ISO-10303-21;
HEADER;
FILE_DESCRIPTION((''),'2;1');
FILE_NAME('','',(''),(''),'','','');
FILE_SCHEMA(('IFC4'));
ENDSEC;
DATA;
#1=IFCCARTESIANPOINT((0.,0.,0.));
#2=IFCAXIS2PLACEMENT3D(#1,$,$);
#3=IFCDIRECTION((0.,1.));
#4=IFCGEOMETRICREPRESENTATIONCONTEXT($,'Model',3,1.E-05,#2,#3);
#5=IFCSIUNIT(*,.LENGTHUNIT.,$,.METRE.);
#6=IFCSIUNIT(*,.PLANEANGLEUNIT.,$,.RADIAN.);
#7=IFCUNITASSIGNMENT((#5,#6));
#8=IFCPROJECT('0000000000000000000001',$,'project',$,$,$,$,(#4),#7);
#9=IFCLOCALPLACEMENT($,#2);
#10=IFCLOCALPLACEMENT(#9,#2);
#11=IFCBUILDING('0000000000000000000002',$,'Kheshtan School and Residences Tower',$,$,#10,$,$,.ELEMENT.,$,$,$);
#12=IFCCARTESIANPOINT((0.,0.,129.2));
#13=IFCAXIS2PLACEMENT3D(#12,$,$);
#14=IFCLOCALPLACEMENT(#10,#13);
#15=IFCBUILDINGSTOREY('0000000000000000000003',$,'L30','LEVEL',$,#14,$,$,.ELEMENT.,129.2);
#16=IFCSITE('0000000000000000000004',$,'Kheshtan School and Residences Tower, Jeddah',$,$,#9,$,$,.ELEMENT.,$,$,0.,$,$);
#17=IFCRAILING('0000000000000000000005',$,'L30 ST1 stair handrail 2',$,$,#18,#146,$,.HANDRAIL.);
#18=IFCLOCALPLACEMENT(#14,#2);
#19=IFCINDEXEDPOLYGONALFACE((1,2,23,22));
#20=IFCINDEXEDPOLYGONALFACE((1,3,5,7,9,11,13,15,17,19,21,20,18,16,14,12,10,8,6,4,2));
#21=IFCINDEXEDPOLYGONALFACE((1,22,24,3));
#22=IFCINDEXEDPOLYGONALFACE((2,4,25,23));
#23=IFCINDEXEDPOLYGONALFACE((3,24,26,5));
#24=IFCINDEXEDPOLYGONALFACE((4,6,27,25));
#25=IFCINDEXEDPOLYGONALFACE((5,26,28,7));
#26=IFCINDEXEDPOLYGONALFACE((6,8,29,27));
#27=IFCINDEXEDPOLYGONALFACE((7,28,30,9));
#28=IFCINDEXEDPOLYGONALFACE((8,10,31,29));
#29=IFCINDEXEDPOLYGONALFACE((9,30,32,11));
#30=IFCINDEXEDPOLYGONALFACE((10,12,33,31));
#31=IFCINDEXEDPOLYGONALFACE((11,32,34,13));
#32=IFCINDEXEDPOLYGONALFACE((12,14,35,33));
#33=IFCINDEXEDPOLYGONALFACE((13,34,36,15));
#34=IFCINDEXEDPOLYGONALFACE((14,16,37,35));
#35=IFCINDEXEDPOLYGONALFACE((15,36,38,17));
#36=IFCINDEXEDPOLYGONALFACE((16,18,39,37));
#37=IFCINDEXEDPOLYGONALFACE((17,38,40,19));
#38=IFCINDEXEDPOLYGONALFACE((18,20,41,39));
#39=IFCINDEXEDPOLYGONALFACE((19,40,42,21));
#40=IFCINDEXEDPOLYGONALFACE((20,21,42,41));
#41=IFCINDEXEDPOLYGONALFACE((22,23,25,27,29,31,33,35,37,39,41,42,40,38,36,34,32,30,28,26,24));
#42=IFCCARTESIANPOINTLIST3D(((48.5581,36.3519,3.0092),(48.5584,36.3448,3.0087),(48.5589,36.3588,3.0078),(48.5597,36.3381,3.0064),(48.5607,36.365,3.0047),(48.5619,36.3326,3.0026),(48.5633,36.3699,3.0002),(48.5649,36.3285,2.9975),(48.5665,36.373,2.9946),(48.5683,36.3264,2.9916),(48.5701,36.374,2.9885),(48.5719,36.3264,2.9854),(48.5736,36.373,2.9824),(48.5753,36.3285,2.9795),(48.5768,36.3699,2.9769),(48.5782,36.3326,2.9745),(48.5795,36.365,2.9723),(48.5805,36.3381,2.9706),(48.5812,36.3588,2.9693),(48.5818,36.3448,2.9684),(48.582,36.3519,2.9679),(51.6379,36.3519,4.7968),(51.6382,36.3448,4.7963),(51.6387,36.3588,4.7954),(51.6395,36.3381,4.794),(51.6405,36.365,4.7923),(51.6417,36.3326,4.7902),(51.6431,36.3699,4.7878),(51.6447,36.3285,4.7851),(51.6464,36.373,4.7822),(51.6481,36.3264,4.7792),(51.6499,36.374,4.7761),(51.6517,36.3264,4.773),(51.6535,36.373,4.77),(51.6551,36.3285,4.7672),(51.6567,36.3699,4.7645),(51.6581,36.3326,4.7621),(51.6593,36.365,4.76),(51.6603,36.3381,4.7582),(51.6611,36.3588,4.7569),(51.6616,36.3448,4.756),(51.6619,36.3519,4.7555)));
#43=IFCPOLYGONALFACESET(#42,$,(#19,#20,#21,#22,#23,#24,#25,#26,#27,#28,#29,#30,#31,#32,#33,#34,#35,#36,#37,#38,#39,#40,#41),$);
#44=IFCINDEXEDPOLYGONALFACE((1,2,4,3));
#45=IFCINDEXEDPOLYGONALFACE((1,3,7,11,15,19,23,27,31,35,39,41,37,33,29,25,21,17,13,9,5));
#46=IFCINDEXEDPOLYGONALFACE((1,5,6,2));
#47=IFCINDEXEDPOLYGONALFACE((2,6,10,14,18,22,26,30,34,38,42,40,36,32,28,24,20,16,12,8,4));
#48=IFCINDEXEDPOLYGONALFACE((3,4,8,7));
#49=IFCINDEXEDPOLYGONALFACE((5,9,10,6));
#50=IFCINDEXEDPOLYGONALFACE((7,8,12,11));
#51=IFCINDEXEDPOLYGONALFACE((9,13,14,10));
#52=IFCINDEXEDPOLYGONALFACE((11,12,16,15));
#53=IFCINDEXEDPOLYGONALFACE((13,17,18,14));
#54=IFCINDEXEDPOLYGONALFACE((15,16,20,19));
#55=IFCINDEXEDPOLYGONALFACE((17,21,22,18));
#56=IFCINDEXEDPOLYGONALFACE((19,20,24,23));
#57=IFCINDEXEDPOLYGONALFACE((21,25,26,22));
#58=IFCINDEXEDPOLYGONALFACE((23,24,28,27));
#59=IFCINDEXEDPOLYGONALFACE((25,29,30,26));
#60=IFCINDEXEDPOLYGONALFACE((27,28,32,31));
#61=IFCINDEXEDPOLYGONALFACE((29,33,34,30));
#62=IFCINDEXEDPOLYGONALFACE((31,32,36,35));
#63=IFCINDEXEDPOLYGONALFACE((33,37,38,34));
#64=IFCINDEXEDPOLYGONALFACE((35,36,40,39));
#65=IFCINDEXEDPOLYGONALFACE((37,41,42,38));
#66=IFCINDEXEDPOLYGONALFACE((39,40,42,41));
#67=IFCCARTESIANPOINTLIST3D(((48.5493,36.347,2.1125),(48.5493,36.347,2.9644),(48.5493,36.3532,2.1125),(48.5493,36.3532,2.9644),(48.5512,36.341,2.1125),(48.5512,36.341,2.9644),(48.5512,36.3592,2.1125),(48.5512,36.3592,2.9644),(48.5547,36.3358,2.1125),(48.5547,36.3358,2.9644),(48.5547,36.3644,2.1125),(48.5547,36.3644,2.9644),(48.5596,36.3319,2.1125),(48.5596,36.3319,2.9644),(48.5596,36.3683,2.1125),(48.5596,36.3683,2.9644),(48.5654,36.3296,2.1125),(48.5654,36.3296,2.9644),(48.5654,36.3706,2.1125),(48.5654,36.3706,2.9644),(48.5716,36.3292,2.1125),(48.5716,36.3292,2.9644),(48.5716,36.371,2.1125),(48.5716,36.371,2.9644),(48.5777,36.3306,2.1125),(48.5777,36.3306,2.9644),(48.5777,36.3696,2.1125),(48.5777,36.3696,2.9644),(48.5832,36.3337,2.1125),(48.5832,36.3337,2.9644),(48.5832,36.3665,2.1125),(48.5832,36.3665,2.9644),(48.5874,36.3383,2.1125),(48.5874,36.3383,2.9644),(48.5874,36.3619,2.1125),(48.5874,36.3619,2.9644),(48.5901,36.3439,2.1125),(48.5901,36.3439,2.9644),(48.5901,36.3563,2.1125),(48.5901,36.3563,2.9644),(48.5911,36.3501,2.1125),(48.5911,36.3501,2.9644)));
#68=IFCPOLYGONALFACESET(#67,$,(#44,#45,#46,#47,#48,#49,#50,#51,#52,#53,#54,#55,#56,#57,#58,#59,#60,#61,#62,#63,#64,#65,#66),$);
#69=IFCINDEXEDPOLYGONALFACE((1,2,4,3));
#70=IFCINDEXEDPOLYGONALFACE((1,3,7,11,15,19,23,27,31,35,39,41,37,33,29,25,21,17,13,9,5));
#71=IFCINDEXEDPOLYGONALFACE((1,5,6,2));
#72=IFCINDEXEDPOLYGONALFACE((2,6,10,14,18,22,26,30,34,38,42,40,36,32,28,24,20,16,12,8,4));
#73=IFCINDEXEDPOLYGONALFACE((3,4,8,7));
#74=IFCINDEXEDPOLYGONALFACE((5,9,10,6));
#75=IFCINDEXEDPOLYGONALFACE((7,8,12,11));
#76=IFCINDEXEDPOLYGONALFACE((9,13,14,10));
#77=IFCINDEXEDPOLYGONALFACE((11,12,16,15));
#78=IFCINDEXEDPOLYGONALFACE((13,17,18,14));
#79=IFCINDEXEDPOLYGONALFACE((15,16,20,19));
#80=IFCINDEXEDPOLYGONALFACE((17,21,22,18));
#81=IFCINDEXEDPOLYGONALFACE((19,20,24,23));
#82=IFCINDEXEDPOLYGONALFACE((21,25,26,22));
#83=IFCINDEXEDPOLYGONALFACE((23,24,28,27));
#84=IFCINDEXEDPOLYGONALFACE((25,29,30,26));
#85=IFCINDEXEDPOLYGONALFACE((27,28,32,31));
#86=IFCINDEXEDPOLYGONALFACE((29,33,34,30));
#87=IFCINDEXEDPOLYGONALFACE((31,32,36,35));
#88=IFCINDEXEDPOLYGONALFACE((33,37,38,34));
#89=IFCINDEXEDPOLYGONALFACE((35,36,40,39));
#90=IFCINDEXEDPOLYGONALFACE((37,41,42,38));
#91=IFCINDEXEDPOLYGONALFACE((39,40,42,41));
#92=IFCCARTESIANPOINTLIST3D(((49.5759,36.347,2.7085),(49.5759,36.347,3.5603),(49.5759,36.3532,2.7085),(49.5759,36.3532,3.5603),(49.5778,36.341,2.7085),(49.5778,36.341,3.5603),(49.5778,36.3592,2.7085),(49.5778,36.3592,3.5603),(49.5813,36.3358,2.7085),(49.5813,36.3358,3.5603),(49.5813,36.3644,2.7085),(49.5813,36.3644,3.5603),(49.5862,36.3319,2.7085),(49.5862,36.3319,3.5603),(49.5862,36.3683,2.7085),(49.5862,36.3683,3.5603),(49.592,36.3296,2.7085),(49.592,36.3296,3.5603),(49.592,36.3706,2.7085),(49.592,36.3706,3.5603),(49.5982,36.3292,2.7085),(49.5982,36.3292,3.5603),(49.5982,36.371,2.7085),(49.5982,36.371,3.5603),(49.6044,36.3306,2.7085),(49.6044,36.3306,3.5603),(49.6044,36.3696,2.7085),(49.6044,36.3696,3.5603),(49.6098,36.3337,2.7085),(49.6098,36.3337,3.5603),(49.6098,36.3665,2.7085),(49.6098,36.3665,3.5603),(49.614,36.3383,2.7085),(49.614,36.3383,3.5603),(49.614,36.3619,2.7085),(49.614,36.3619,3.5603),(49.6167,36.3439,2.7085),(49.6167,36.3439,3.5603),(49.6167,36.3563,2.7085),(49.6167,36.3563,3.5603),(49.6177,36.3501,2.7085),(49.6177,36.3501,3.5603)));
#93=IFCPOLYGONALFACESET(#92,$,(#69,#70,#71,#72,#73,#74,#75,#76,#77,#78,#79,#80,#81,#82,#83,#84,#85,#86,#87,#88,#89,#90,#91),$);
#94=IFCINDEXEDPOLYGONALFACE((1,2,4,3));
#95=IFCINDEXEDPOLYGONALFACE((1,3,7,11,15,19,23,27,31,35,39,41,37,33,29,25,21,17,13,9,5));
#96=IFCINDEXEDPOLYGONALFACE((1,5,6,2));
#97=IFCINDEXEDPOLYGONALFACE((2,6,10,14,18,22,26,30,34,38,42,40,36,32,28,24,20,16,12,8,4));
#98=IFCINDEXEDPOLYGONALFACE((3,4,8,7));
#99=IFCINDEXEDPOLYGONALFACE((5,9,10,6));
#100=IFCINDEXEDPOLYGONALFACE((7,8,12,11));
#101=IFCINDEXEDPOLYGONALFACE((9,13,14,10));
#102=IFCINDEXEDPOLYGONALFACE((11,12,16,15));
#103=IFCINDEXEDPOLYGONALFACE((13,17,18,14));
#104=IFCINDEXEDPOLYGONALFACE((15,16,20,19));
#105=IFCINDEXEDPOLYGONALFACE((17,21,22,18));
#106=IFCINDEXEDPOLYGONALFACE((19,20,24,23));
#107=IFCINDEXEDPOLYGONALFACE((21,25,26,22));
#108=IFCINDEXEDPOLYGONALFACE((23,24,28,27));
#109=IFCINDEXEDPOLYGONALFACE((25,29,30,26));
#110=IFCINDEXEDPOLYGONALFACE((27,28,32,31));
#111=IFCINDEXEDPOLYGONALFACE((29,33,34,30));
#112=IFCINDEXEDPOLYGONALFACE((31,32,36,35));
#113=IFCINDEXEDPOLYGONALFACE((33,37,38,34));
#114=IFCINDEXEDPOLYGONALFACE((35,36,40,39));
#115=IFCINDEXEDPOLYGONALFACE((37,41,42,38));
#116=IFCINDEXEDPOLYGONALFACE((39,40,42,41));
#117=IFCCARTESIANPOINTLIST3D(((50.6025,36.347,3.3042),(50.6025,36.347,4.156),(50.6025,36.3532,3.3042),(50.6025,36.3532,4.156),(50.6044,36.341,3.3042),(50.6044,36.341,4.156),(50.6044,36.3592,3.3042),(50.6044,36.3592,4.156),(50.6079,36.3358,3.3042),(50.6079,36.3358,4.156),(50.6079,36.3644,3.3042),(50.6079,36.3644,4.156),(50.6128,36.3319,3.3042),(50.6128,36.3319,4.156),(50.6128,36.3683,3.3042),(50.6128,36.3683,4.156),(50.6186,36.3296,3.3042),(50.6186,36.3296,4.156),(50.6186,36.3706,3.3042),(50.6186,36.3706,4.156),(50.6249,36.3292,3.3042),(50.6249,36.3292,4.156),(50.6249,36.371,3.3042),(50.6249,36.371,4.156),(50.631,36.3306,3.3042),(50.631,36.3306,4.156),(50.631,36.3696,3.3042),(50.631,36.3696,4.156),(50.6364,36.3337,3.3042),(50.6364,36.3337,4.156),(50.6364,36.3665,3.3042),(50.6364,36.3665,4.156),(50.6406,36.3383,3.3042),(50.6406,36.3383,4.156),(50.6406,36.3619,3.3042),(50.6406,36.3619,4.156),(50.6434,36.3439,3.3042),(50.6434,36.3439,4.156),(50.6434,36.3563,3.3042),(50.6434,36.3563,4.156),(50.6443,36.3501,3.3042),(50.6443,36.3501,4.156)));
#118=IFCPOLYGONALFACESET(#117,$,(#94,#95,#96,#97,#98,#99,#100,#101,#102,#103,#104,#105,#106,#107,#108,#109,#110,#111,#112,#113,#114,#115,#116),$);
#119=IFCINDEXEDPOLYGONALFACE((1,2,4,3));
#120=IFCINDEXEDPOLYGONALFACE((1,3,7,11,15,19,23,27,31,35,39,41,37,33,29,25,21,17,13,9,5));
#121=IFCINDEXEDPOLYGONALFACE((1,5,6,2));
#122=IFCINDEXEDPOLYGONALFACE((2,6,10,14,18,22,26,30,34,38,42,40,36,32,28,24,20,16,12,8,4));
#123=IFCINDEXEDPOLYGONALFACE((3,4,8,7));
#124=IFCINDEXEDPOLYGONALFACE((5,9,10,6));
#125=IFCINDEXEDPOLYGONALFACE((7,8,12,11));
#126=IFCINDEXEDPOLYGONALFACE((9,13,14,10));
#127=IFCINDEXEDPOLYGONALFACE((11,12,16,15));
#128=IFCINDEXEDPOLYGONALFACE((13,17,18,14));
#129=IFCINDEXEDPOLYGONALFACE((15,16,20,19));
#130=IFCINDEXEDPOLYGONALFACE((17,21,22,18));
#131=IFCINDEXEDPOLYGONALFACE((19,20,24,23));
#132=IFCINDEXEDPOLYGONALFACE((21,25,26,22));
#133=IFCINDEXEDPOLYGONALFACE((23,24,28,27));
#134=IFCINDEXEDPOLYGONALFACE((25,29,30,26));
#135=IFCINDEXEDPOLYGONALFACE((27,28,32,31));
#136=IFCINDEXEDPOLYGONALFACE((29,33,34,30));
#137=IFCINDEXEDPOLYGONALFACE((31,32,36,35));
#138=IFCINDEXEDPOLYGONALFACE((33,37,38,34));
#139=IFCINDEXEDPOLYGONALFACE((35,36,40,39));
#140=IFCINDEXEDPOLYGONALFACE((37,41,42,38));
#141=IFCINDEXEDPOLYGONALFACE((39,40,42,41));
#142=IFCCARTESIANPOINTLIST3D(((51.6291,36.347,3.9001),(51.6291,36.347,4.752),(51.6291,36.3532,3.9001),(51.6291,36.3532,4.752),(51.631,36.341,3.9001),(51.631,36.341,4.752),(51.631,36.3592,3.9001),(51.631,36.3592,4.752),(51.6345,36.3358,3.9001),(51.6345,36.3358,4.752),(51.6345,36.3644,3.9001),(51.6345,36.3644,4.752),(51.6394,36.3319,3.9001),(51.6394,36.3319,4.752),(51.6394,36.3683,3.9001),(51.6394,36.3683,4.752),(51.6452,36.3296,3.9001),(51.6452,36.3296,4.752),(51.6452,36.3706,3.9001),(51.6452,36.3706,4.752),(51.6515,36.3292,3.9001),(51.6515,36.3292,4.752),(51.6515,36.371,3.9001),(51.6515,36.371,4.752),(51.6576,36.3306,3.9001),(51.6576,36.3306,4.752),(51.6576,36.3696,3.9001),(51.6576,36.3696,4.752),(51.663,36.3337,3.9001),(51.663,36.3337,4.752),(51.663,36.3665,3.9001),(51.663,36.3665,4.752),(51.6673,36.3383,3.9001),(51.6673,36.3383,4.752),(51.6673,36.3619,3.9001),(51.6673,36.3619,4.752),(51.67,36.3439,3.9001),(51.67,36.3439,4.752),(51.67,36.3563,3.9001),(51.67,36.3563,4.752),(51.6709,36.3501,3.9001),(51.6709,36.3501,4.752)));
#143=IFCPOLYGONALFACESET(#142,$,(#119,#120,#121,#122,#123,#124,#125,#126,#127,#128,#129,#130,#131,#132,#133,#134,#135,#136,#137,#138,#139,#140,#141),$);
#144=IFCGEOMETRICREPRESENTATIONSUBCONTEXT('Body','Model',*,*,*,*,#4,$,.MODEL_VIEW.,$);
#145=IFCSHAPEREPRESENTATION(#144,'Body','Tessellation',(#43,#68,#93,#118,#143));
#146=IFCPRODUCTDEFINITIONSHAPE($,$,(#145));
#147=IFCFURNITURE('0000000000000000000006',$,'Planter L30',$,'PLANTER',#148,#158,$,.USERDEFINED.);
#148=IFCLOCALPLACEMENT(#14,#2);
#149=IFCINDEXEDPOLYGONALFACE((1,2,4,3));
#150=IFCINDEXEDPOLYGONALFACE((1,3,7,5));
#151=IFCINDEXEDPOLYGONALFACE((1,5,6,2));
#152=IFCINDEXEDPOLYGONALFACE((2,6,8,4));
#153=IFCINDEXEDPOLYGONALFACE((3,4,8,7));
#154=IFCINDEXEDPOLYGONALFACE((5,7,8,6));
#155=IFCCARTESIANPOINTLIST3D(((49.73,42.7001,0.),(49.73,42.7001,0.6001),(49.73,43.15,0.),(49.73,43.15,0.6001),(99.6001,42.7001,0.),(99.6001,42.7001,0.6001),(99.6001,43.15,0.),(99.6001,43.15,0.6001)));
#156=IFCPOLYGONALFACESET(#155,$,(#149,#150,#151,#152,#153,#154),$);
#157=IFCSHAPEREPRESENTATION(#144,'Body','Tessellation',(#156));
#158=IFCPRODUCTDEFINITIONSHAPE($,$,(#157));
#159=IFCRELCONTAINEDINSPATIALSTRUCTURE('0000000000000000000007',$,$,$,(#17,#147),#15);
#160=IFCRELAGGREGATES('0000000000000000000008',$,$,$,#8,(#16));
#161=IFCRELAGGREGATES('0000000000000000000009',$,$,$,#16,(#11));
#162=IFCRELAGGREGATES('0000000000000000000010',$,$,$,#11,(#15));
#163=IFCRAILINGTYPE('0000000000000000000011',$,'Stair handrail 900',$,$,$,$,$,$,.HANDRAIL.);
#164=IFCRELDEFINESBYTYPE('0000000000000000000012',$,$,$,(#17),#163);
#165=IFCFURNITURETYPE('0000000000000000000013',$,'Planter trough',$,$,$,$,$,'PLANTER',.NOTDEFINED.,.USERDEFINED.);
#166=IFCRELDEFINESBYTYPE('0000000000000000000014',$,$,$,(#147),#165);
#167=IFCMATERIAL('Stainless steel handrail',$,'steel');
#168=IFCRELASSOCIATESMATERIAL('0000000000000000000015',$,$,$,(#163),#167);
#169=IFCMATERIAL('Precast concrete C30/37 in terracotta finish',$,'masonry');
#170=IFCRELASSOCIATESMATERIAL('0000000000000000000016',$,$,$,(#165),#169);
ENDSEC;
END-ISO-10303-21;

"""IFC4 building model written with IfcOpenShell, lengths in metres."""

from ifc_helpers import new_model, si_unit, direction, frame, origin, origin_2d, place, context, subcontext, project, spatial, rectangle, circle, extrude, material, type_object, element, save


model = new_model("IFC4")

# Units and contexts
model_context = context("Model", 3, precision=1e-05, world=origin(), true_north=direction((0.0, 1.0)))
body_context = subcontext(model_context, "Body", "Model", "MODEL_VIEW")
ifc_project = project(units=[si_unit("LENGTHUNIT", "METRE"), si_unit("PLANEANGLEUNIT", "RADIAN")], contexts=[model_context])

# Site, building, storey
site_placement = place(None, origin())
site = spatial("IfcSite", under=ifc_project, at=site_placement, Name="Kheshtan School and Residences Tower, Jeddah", CompositionType="ELEMENT", RefElevation=0.0)
building_placement = place(site_placement, origin())
building = spatial("IfcBuilding", under=site, at=building_placement, Name="Kheshtan School and Residences Tower", CompositionType="ELEMENT")
storey_placement = place(building_placement, frame((0.0, 0.0, 129.2)))
storey = spatial("IfcBuildingStorey", under=building, at=storey_placement, Name="L30", Description="LEVEL", CompositionType="ELEMENT", Elevation=129.2)

# Railing
ifc_material_1 = material(Name="Stainless steel handrail", Category="steel")
railing_type_1 = type_object("IfcRailingType", Name="Stair handrail 900", PredefinedType="HANDRAIL", material=ifc_material_1)
railing_1_placement = place(storey_placement, frame((48.5701, 36.3501, 2.1125)))
element("IfcRailing", 1, at=railing_1_placement, inside=storey, type_object=railing_type_1, Name="L30 ST1 stair handrail 2", PredefinedType="HANDRAIL", context=body_context, shape_type="SweptSolid", body=[
    extrude(circle(Radius=0.0239, at=origin_2d()), frame((0.0, 0.0, 0.876), z_axis=(0.864873, 0.0, 0.50199), x_axis=(0.0, 1.0, 0.0)), (0.0, 0.0, 1.0), 3.561),
    extrude(circle(Radius=0.021, at=origin_2d()), origin(), (0.0, 0.0, 1.0), 0.8518),
    extrude(circle(Radius=0.021, at=origin_2d()), frame((1.0266, 0.0, 0.5959)), (0.0, 0.0, 1.0), 0.8518),
    extrude(circle(Radius=0.021, at=origin_2d()), frame((2.0532, 0.0, 1.1917)), (0.0, 0.0, 1.0), 0.8518),
    extrude(circle(Radius=0.021, at=origin_2d()), frame((3.0798, 0.0, 1.7876)), (0.0, 0.0, 1.0), 0.8518),
])

# Furniture
ifc_material_2 = material(Name="Precast concrete C30/37 in terracotta finish", Category="masonry")
furniture_type = type_object("IfcFurnitureType", Name="Planter trough", ElementType="PLANTER", AssemblyPlace="NOTDEFINED", PredefinedType="USERDEFINED", material=ifc_material_2)
furniture_placement = place(storey_placement, frame((74.665, 42.925, 0.0), z_axis=(0.0, 0.0, 1.0), x_axis=(1.0, 0.0, 0.0)))
element("IfcFurniture", 2, at=furniture_placement, inside=storey, type_object=furniture_type, Name="Planter L30", ObjectType="PLANTER", PredefinedType="USERDEFINED", context=body_context, shape_type="SweptSolid", body=[
    extrude(rectangle(XDim=49.8701, YDim=0.45, at=origin_2d()), origin(), (0.0, 0.0, 1.0), 0.6001),
])

save(model, "model.ifc")
